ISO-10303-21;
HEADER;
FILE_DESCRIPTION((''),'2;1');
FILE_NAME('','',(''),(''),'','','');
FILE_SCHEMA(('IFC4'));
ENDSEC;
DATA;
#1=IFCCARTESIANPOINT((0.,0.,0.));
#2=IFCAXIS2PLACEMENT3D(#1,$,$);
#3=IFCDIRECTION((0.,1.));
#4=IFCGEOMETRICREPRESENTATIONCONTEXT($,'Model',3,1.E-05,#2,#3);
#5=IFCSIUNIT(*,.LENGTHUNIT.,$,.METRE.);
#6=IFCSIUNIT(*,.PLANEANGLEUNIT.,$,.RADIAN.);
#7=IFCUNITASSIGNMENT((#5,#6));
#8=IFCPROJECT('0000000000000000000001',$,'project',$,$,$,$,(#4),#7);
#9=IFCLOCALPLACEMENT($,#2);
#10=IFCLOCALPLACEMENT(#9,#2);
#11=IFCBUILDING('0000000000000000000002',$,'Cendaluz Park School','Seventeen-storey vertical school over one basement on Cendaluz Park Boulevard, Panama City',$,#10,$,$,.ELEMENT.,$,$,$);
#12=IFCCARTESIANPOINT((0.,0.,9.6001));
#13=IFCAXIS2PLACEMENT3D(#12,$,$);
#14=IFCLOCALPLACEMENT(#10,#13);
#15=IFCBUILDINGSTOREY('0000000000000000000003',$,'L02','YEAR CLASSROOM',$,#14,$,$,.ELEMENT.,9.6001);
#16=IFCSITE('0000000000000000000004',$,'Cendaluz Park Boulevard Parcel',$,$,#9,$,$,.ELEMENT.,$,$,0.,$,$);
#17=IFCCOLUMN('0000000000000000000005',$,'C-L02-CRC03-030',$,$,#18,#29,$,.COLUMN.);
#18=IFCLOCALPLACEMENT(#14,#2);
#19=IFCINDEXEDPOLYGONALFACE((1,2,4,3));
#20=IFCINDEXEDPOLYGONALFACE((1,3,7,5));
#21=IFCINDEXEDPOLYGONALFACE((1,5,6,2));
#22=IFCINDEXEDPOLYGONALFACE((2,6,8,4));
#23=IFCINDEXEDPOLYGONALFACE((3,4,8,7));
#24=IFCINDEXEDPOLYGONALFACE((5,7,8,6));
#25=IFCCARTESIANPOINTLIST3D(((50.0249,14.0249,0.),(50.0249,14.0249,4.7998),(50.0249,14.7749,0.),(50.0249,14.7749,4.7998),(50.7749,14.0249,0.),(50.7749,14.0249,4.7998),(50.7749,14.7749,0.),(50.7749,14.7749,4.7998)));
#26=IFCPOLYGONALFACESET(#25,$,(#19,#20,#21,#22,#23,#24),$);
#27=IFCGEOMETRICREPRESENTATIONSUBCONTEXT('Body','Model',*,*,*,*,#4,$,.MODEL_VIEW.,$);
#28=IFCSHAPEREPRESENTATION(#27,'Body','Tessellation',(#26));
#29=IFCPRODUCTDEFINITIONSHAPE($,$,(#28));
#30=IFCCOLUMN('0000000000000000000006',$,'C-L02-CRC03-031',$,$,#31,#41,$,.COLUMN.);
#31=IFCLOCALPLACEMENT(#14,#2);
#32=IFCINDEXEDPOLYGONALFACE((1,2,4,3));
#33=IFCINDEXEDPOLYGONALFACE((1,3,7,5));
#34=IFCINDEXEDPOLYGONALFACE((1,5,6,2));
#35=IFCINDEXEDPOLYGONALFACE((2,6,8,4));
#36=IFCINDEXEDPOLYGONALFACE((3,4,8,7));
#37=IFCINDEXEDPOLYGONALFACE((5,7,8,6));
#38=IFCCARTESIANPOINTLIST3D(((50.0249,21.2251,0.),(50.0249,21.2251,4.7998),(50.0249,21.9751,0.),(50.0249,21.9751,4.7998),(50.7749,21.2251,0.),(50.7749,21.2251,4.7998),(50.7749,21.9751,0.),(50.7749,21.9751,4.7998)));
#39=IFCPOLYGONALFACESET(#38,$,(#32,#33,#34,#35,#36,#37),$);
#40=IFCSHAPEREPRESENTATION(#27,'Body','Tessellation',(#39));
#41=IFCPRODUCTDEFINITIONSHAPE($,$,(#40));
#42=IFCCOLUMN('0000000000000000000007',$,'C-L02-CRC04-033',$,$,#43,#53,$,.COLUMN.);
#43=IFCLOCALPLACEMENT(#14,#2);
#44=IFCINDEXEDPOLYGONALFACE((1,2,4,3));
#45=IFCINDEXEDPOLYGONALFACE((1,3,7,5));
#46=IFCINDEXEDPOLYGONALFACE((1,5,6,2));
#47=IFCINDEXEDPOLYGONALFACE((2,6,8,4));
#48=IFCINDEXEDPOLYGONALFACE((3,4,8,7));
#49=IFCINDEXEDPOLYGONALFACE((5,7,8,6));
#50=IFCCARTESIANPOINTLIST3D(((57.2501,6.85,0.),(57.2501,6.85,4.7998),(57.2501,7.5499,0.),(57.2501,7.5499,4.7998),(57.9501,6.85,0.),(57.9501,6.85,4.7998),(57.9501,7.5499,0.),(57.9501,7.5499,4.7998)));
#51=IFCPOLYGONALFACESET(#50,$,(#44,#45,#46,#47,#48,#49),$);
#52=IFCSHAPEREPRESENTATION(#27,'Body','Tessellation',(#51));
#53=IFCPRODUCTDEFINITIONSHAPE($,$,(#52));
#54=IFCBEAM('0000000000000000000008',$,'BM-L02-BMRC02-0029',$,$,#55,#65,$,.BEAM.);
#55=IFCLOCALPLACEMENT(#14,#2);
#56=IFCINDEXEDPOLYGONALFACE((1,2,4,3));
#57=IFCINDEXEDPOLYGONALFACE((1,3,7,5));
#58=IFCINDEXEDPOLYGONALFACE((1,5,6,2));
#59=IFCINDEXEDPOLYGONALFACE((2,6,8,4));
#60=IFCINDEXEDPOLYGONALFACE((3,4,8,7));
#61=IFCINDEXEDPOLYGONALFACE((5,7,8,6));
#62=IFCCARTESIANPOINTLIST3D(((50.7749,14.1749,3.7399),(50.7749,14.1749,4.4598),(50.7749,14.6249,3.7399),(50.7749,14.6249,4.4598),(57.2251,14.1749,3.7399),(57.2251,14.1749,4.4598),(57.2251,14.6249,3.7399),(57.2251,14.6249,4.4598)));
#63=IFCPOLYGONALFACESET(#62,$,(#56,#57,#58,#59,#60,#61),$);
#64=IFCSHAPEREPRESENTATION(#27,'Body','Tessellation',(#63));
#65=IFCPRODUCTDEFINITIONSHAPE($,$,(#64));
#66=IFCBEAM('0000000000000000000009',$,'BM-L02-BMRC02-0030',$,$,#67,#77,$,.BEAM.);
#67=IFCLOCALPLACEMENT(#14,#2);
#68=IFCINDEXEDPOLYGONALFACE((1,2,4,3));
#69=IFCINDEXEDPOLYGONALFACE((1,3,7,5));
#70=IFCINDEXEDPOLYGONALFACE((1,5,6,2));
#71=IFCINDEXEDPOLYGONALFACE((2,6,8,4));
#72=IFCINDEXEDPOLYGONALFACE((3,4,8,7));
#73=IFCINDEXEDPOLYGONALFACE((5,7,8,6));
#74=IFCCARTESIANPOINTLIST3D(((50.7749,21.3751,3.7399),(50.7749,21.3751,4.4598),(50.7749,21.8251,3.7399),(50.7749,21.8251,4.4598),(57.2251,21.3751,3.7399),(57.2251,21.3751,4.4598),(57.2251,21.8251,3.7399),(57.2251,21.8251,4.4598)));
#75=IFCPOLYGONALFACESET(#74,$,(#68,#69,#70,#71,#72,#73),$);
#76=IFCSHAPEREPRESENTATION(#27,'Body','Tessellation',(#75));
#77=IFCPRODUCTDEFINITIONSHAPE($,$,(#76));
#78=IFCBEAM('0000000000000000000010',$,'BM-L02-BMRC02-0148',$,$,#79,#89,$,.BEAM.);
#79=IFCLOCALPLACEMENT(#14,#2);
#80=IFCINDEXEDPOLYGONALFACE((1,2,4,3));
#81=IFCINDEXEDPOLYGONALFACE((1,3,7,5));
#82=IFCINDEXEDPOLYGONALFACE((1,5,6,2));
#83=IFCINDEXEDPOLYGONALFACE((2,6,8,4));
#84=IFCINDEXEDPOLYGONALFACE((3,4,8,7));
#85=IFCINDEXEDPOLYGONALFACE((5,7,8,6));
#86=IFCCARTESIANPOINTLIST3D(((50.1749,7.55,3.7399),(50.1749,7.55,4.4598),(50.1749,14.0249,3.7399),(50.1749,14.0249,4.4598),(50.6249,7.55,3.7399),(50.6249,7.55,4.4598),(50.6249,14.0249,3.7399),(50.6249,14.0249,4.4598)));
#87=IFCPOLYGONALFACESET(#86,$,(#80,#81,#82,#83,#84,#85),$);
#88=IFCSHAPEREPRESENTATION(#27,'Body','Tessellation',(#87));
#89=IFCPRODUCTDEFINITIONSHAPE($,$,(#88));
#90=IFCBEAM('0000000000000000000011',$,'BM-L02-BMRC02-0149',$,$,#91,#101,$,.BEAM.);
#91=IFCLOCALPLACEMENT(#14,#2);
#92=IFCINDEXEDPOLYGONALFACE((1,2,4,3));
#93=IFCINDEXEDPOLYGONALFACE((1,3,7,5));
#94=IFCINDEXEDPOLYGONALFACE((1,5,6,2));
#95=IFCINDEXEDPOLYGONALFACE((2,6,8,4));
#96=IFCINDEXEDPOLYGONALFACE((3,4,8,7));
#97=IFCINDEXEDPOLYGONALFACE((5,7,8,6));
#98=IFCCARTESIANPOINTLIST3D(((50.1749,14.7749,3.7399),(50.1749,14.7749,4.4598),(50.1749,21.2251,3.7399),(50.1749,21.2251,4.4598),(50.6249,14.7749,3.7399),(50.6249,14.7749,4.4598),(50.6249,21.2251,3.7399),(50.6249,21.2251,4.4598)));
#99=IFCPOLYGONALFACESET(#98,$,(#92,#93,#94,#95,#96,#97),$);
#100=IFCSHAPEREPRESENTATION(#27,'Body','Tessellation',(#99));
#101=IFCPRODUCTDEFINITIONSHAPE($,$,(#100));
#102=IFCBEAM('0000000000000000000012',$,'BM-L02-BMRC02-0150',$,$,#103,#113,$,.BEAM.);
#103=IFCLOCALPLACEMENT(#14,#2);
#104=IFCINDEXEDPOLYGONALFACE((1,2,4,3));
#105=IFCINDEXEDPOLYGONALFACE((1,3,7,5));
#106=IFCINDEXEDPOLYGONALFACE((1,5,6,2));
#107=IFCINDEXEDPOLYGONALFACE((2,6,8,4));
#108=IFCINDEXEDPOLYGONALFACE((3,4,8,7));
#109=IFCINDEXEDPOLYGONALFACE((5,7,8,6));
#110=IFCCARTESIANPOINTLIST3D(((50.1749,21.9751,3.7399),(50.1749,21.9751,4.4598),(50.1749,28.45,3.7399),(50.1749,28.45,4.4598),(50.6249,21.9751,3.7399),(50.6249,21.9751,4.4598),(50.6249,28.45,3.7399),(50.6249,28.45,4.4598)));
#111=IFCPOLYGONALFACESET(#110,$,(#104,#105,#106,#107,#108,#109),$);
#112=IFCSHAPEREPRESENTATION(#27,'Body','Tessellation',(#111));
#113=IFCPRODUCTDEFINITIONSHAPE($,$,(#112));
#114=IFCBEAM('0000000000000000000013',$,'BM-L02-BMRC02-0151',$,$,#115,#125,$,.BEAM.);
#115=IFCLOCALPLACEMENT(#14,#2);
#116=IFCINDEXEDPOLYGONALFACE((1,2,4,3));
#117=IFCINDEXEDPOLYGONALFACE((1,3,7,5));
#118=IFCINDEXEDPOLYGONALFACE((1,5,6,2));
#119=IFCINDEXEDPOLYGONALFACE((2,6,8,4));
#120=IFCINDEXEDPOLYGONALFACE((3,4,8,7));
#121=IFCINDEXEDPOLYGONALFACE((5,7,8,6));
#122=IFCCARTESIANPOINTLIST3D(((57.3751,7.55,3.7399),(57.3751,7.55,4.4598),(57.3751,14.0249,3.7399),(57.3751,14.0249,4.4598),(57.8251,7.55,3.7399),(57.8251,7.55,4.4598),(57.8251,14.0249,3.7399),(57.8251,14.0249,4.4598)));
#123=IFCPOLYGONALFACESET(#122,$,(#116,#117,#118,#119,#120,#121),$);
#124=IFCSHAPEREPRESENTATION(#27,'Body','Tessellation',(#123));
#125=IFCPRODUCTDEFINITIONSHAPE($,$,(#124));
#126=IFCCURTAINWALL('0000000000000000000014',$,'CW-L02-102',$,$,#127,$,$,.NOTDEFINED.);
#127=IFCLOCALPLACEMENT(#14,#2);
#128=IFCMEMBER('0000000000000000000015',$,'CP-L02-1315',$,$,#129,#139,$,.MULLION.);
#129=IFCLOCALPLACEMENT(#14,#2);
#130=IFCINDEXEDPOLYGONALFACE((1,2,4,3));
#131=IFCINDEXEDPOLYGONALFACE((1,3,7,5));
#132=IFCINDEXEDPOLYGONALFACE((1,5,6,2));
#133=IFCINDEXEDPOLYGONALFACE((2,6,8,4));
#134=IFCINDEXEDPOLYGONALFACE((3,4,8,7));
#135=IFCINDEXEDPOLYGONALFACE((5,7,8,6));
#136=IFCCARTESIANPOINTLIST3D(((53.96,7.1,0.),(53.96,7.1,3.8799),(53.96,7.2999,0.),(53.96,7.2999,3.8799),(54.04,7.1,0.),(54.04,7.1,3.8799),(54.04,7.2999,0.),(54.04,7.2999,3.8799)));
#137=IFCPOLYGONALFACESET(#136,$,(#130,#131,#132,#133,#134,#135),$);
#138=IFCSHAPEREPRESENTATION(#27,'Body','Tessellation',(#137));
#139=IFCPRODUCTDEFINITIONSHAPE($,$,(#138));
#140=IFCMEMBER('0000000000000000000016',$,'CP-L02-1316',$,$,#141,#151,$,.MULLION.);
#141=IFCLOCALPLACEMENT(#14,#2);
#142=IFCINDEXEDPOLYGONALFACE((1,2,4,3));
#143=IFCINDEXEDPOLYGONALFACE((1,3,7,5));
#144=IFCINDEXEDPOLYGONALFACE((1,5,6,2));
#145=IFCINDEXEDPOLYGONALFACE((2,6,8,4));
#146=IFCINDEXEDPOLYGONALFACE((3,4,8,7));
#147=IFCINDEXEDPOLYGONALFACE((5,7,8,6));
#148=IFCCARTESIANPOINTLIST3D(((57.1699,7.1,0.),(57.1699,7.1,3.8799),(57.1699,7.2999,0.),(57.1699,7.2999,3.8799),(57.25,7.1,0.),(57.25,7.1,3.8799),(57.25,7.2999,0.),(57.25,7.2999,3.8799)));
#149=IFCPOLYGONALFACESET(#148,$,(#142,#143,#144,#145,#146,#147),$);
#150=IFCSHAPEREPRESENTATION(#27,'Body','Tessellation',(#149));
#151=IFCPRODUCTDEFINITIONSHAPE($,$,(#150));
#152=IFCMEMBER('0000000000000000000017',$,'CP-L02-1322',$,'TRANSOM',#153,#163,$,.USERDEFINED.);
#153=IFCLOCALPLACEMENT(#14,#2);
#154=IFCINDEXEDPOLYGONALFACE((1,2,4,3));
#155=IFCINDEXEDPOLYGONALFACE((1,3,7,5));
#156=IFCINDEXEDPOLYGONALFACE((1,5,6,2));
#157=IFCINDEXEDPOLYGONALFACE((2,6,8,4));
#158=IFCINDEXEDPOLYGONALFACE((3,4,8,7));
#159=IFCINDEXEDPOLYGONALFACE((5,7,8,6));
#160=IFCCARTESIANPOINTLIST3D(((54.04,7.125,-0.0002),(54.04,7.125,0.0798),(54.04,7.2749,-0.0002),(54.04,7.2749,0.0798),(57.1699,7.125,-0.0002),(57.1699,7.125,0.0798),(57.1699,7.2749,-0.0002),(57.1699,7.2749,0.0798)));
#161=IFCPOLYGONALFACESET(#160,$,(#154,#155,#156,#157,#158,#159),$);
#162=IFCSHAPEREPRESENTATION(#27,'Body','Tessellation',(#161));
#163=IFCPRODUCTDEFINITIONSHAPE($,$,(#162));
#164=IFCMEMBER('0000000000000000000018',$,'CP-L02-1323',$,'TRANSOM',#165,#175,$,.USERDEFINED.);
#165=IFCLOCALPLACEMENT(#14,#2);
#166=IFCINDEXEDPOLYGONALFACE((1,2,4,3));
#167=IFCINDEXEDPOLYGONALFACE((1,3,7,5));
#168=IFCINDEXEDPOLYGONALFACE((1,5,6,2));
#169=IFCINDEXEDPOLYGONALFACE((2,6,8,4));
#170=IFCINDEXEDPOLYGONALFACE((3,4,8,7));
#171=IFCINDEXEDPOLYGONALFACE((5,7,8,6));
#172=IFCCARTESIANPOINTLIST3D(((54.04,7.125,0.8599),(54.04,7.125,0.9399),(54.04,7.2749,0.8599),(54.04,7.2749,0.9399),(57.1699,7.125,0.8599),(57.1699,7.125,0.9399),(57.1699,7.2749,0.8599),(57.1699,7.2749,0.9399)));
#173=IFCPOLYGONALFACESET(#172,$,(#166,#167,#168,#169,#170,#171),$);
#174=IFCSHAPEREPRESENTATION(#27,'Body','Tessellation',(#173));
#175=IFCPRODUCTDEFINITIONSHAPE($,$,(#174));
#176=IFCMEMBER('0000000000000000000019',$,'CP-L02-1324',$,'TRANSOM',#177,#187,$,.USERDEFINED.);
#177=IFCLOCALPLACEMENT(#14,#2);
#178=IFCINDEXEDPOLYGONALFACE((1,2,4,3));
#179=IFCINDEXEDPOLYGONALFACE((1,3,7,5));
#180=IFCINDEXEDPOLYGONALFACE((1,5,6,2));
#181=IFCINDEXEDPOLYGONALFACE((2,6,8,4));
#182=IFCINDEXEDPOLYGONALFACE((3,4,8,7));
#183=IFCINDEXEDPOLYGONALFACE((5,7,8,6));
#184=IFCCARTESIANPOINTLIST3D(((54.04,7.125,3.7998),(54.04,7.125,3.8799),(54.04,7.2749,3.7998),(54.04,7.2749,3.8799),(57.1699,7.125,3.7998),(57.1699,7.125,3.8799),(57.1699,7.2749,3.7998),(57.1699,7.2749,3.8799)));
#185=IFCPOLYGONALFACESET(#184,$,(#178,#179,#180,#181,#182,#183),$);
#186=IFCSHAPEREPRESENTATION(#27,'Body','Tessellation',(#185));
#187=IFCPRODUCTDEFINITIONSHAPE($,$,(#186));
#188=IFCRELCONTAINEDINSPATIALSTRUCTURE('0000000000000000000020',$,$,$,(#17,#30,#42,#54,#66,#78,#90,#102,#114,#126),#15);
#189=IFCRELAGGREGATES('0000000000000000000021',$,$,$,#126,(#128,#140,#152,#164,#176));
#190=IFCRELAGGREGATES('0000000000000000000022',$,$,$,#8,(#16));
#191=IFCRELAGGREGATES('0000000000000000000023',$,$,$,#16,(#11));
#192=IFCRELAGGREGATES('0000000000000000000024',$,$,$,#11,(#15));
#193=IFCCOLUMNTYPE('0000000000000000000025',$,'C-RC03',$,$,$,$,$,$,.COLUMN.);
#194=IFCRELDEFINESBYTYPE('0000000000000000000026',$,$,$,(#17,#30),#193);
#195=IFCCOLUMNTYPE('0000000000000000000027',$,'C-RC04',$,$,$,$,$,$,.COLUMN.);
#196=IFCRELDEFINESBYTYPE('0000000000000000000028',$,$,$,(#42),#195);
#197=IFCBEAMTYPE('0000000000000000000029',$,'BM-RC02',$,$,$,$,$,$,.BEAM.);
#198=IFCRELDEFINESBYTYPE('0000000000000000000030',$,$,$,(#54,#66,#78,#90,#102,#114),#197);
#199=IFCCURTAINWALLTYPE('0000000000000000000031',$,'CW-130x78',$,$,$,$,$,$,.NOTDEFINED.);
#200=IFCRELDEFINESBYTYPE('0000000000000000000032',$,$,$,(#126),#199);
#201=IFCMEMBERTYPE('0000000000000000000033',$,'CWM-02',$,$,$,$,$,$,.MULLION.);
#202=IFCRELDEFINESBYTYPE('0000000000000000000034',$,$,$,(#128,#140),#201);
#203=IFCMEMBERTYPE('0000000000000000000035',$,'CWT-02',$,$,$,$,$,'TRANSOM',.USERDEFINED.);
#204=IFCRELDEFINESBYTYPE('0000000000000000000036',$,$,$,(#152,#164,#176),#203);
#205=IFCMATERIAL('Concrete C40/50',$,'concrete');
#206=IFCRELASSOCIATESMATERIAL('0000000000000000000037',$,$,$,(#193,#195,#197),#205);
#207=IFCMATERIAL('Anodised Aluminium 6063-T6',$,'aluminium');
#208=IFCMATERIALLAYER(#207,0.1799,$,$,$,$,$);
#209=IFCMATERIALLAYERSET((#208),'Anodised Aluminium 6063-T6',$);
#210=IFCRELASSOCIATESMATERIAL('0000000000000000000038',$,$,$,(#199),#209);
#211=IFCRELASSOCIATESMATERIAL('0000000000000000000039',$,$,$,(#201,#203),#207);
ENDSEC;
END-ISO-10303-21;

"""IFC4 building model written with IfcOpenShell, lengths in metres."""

from ifc_helpers import new_model, si_unit, direction, frame, origin, origin_2d, place, context, subcontext, project, spatial, rectangle, extrude, material, layer, layer_set, material_profile, profile_set, type_object, element, aggregate, save


model = new_model("IFC4")

# Units and contexts
model_context = context("Model", 3, precision=1e-05, world=origin(), true_north=direction((0.0, 1.0)))
body_context = subcontext(model_context, "Body", "Model", "MODEL_VIEW")
ifc_project = project(units=[si_unit("LENGTHUNIT", "METRE"), si_unit("PLANEANGLEUNIT", "RADIAN")], contexts=[model_context])

# Site, building, storey
site_placement = place(None, origin())
site = spatial("IfcSite", under=ifc_project, at=site_placement, Name="Cendaluz Park Boulevard Parcel", CompositionType="ELEMENT", RefElevation=0.0)
building_placement = place(site_placement, origin())
building = spatial("IfcBuilding", under=site, at=building_placement, Name="Cendaluz Park School", Description="Seventeen-storey vertical school over one basement on Cendaluz Park Boulevard, Panama City", CompositionType="ELEMENT")
storey_placement = place(building_placement, frame((0.0, 0.0, 9.6001)))
storey = spatial("IfcBuildingStorey", under=building, at=storey_placement, Name="L02", Description="YEAR CLASSROOM", CompositionType="ELEMENT", Elevation=9.6001)

# Columns
ifc_material_1 = material(Name="Concrete C40/50", Category="concrete")
ifc_material_profile_1 = material_profile(ifc_material_1, rectangle(XDim=0.75, YDim=0.75, at=origin_2d()), Name="RC 750x750", Category="concrete")
ifc_profile_set_1 = profile_set([ifc_material_profile_1], Name="Concrete C40/50")
column_type_1 = type_object("IfcColumnType", Name="C-RC03", PredefinedType="COLUMN", material=ifc_profile_set_1)
for number, where, z_axis, x_axis, name in (
    (1, (50.3999, 14.3999, 0.0), (0.0, 0.0, 1.0), (1.0, 0.0, 0.0), "C-L02-CRC03-030"),
    (2, (50.3999, 21.6001, 0.0), (0.0, 0.0, 1.0), (1.0, 0.0, 0.0), "C-L02-CRC03-031"),
):
    element("IfcColumn", number, at=place(storey_placement, frame(where, z_axis=z_axis, x_axis=x_axis)), inside=storey, type_object=column_type_1, Name=name, PredefinedType="COLUMN", context=body_context, shape_type="SweptSolid", body=[
        extrude(rectangle(XDim=0.75, YDim=0.75, at=origin_2d()), origin(), (0.0, 0.0, 1.0), 4.7998),
    ])
ifc_material_profile_2 = material_profile(ifc_material_1, rectangle(XDim=0.7, YDim=0.7, at=origin_2d()), Name="RC 700x700", Category="concrete")
ifc_profile_set_2 = profile_set([ifc_material_profile_2], Name="Concrete C40/50")
column_type_2 = type_object("IfcColumnType", Name="C-RC04", PredefinedType="COLUMN", material=ifc_profile_set_2)
column_placement = place(storey_placement, frame((57.6001, 7.2, 0.0), z_axis=(0.0, 0.0, 1.0), x_axis=(1.0, 0.0, 0.0)))
element("IfcColumn", 3, at=column_placement, inside=storey, type_object=column_type_2, Name="C-L02-CRC04-033", PredefinedType="COLUMN", context=body_context, shape_type="SweptSolid", body=[
    extrude(rectangle(XDim=0.7, YDim=0.7, at=origin_2d()), origin(), (0.0, 0.0, 1.0), 4.7998),
])

# Beams
ifc_material_profile_3 = material_profile(ifc_material_1, rectangle(XDim=0.45, YDim=0.72, at=origin_2d()), Name="RC 450x720", Category="concrete")
ifc_profile_set_3 = profile_set([ifc_material_profile_3], Name="Concrete C40/50")
beam_type_1 = type_object("IfcBeamType", Name="BM-RC02", PredefinedType="BEAM", material=ifc_profile_set_3)
for number, where, z_axis, x_axis, name in (
    (4, (50.7749, 14.3999, 4.0999), (1.0, 0.0, 0.0), (0.0, 1.0, 0.0), "BM-L02-BMRC02-0029"),
    (5, (50.7749, 21.6001, 4.0999), (1.0, 0.0, 0.0), (0.0, 1.0, 0.0), "BM-L02-BMRC02-0030"),
):
    element("IfcBeam", number, at=place(storey_placement, frame(where, z_axis=z_axis, x_axis=x_axis)), inside=storey, type_object=beam_type_1, Name=name, PredefinedType="BEAM", context=body_context, shape_type="SweptSolid", body=[
        extrude(rectangle(XDim=0.45, YDim=0.72, at=origin_2d()), origin(), (0.0, 0.0, 1.0), 6.4502),
    ])
beam_1_placement = place(storey_placement, frame((50.3999, 7.55, 4.0999), z_axis=(0.0, 1.0, 0.0), x_axis=(-1.0, 0.0, 0.0)))
element("IfcBeam", 6, at=beam_1_placement, inside=storey, type_object=beam_type_1, Name="BM-L02-BMRC02-0148", PredefinedType="BEAM", context=body_context, shape_type="SweptSolid", body=[
    extrude(rectangle(XDim=0.45, YDim=0.72, at=origin_2d()), origin(), (0.0, 0.0, 1.0), 6.4749),
])
beam_2_placement = place(storey_placement, frame((50.3999, 14.7749, 4.0999), z_axis=(0.0, 1.0, 0.0), x_axis=(-1.0, 0.0, 0.0)))
element("IfcBeam", 7, at=beam_2_placement, inside=storey, type_object=beam_type_1, Name="BM-L02-BMRC02-0149", PredefinedType="BEAM", context=body_context, shape_type="SweptSolid", body=[
    extrude(rectangle(XDim=0.45, YDim=0.72, at=origin_2d()), origin(), (0.0, 0.0, 1.0), 6.4502),
])
for number, where, z_axis, x_axis, name in (
    (8, (50.3999, 21.9751, 4.0999), (0.0, 1.0, 0.0), (-1.0, 0.0, 0.0), "BM-L02-BMRC02-0150"),
    (9, (57.6001, 7.55, 4.0999), (0.0, 1.0, 0.0), (-1.0, 0.0, 0.0), "BM-L02-BMRC02-0151"),
):
    element("IfcBeam", number, at=place(storey_placement, frame(where, z_axis=z_axis, x_axis=x_axis)), inside=storey, type_object=beam_type_1, Name=name, PredefinedType="BEAM", context=body_context, shape_type="SweptSolid", body=[
        extrude(rectangle(XDim=0.45, YDim=0.72, at=origin_2d()), origin(), (0.0, 0.0, 1.0), 6.4749),
    ])

# Curtain wall, members
ifc_material_2 = material(Name="Anodised Aluminium 6063-T6", Category="aluminium")
ifc_layer_1 = layer(ifc_material_2, 0.1799)
ifc_layer_set_1 = layer_set([ifc_layer_1], Name="Anodised Aluminium 6063-T6")
curtain_wall_type = type_object("IfcCurtainWallType", Name="CW-130x78", PredefinedType="NOTDEFINED", material=ifc_layer_set_1)
curtain_wall_placement = place(storey_placement, origin())
curtain_wall = element("IfcCurtainWall", 10, at=curtain_wall_placement, inside=storey, type_object=curtain_wall_type, Name="CW-L02-102", PredefinedType="NOTDEFINED")
ifc_material_profile_4 = material_profile(ifc_material_2, rectangle(XDim=0.2, YDim=0.0801, at=origin_2d()), Name="CWM 200x80", Category="aluminium")
ifc_profile_set_4 = profile_set([ifc_material_profile_4], Name="Anodised Aluminium 6063-T6")
member_type_1 = type_object("IfcMemberType", Name="CWM-02", PredefinedType="MULLION", material=ifc_profile_set_4)
member_1_placement = place(storey_placement, frame((54.0, 7.2, 0.0), z_axis=(0.0, 0.0, 1.0), x_axis=(0.0, 1.0, 0.0)))
member_1 = element("IfcMember", 11, at=member_1_placement, type_object=member_type_1, Name="CP-L02-1315", PredefinedType="MULLION", context=body_context, shape_type="SweptSolid", body=[
    extrude(rectangle(XDim=0.2, YDim=0.0801, at=origin_2d()), origin(), (0.0, 0.0, 1.0), 3.8799),
])
member_2_placement = place(storey_placement, frame((57.21, 7.2, 0.0), z_axis=(0.0, 0.0, 1.0), x_axis=(0.0, 1.0, 0.0)))
member_2 = element("IfcMember", 12, at=member_2_placement, type_object=member_type_1, Name="CP-L02-1316", PredefinedType="MULLION", context=body_context, shape_type="SweptSolid", body=[
    extrude(rectangle(XDim=0.2, YDim=0.0801, at=origin_2d()), origin(), (0.0, 0.0, 1.0), 3.8799),
])
ifc_material_profile_5 = material_profile(ifc_material_2, rectangle(XDim=0.1499, YDim=0.0801, at=origin_2d()), Name="CWT 150x80", Category="aluminium")
ifc_profile_set_5 = profile_set([ifc_material_profile_5], Name="Anodised Aluminium 6063-T6")
member_type_2 = type_object("IfcMemberType", Name="CWT-02", ElementType="TRANSOM", PredefinedType="USERDEFINED", material=ifc_profile_set_5)
member_3_placement = place(storey_placement, frame((54.04, 7.2, 0.0398), z_axis=(1.0, 0.0, 0.0), x_axis=(0.0, 1.0, 0.0)))
member_3 = element("IfcMember", 13, at=member_3_placement, type_object=member_type_2, Name="CP-L02-1322", ObjectType="TRANSOM", PredefinedType="USERDEFINED", context=body_context, shape_type="SweptSolid", body=[
    extrude(rectangle(XDim=0.1499, YDim=0.0801, at=origin_2d()), origin(), (0.0, 0.0, 1.0), 3.1299),
])
member_4_placement = place(storey_placement, frame((54.04, 7.2, 0.8999), z_axis=(1.0, 0.0, 0.0), x_axis=(0.0, 1.0, 0.0)))
member_4 = element("IfcMember", 14, at=member_4_placement, type_object=member_type_2, Name="CP-L02-1323", ObjectType="TRANSOM", PredefinedType="USERDEFINED", context=body_context, shape_type="SweptSolid", body=[
    extrude(rectangle(XDim=0.1499, YDim=0.0801, at=origin_2d()), origin(), (0.0, 0.0, 1.0), 3.1299),
])
member_5_placement = place(storey_placement, frame((54.04, 7.2, 3.8398), z_axis=(1.0, 0.0, 0.0), x_axis=(0.0, 1.0, 0.0)))
member_5 = element("IfcMember", 15, at=member_5_placement, type_object=member_type_2, Name="CP-L02-1324", ObjectType="TRANSOM", PredefinedType="USERDEFINED", context=body_context, shape_type="SweptSolid", body=[
    extrude(rectangle(XDim=0.1499, YDim=0.0801, at=origin_2d()), origin(), (0.0, 0.0, 1.0), 3.1299),
])

aggregate(curtain_wall, [member_1, member_2, member_3, member_4, member_5])

save(model, "model.ifc")
